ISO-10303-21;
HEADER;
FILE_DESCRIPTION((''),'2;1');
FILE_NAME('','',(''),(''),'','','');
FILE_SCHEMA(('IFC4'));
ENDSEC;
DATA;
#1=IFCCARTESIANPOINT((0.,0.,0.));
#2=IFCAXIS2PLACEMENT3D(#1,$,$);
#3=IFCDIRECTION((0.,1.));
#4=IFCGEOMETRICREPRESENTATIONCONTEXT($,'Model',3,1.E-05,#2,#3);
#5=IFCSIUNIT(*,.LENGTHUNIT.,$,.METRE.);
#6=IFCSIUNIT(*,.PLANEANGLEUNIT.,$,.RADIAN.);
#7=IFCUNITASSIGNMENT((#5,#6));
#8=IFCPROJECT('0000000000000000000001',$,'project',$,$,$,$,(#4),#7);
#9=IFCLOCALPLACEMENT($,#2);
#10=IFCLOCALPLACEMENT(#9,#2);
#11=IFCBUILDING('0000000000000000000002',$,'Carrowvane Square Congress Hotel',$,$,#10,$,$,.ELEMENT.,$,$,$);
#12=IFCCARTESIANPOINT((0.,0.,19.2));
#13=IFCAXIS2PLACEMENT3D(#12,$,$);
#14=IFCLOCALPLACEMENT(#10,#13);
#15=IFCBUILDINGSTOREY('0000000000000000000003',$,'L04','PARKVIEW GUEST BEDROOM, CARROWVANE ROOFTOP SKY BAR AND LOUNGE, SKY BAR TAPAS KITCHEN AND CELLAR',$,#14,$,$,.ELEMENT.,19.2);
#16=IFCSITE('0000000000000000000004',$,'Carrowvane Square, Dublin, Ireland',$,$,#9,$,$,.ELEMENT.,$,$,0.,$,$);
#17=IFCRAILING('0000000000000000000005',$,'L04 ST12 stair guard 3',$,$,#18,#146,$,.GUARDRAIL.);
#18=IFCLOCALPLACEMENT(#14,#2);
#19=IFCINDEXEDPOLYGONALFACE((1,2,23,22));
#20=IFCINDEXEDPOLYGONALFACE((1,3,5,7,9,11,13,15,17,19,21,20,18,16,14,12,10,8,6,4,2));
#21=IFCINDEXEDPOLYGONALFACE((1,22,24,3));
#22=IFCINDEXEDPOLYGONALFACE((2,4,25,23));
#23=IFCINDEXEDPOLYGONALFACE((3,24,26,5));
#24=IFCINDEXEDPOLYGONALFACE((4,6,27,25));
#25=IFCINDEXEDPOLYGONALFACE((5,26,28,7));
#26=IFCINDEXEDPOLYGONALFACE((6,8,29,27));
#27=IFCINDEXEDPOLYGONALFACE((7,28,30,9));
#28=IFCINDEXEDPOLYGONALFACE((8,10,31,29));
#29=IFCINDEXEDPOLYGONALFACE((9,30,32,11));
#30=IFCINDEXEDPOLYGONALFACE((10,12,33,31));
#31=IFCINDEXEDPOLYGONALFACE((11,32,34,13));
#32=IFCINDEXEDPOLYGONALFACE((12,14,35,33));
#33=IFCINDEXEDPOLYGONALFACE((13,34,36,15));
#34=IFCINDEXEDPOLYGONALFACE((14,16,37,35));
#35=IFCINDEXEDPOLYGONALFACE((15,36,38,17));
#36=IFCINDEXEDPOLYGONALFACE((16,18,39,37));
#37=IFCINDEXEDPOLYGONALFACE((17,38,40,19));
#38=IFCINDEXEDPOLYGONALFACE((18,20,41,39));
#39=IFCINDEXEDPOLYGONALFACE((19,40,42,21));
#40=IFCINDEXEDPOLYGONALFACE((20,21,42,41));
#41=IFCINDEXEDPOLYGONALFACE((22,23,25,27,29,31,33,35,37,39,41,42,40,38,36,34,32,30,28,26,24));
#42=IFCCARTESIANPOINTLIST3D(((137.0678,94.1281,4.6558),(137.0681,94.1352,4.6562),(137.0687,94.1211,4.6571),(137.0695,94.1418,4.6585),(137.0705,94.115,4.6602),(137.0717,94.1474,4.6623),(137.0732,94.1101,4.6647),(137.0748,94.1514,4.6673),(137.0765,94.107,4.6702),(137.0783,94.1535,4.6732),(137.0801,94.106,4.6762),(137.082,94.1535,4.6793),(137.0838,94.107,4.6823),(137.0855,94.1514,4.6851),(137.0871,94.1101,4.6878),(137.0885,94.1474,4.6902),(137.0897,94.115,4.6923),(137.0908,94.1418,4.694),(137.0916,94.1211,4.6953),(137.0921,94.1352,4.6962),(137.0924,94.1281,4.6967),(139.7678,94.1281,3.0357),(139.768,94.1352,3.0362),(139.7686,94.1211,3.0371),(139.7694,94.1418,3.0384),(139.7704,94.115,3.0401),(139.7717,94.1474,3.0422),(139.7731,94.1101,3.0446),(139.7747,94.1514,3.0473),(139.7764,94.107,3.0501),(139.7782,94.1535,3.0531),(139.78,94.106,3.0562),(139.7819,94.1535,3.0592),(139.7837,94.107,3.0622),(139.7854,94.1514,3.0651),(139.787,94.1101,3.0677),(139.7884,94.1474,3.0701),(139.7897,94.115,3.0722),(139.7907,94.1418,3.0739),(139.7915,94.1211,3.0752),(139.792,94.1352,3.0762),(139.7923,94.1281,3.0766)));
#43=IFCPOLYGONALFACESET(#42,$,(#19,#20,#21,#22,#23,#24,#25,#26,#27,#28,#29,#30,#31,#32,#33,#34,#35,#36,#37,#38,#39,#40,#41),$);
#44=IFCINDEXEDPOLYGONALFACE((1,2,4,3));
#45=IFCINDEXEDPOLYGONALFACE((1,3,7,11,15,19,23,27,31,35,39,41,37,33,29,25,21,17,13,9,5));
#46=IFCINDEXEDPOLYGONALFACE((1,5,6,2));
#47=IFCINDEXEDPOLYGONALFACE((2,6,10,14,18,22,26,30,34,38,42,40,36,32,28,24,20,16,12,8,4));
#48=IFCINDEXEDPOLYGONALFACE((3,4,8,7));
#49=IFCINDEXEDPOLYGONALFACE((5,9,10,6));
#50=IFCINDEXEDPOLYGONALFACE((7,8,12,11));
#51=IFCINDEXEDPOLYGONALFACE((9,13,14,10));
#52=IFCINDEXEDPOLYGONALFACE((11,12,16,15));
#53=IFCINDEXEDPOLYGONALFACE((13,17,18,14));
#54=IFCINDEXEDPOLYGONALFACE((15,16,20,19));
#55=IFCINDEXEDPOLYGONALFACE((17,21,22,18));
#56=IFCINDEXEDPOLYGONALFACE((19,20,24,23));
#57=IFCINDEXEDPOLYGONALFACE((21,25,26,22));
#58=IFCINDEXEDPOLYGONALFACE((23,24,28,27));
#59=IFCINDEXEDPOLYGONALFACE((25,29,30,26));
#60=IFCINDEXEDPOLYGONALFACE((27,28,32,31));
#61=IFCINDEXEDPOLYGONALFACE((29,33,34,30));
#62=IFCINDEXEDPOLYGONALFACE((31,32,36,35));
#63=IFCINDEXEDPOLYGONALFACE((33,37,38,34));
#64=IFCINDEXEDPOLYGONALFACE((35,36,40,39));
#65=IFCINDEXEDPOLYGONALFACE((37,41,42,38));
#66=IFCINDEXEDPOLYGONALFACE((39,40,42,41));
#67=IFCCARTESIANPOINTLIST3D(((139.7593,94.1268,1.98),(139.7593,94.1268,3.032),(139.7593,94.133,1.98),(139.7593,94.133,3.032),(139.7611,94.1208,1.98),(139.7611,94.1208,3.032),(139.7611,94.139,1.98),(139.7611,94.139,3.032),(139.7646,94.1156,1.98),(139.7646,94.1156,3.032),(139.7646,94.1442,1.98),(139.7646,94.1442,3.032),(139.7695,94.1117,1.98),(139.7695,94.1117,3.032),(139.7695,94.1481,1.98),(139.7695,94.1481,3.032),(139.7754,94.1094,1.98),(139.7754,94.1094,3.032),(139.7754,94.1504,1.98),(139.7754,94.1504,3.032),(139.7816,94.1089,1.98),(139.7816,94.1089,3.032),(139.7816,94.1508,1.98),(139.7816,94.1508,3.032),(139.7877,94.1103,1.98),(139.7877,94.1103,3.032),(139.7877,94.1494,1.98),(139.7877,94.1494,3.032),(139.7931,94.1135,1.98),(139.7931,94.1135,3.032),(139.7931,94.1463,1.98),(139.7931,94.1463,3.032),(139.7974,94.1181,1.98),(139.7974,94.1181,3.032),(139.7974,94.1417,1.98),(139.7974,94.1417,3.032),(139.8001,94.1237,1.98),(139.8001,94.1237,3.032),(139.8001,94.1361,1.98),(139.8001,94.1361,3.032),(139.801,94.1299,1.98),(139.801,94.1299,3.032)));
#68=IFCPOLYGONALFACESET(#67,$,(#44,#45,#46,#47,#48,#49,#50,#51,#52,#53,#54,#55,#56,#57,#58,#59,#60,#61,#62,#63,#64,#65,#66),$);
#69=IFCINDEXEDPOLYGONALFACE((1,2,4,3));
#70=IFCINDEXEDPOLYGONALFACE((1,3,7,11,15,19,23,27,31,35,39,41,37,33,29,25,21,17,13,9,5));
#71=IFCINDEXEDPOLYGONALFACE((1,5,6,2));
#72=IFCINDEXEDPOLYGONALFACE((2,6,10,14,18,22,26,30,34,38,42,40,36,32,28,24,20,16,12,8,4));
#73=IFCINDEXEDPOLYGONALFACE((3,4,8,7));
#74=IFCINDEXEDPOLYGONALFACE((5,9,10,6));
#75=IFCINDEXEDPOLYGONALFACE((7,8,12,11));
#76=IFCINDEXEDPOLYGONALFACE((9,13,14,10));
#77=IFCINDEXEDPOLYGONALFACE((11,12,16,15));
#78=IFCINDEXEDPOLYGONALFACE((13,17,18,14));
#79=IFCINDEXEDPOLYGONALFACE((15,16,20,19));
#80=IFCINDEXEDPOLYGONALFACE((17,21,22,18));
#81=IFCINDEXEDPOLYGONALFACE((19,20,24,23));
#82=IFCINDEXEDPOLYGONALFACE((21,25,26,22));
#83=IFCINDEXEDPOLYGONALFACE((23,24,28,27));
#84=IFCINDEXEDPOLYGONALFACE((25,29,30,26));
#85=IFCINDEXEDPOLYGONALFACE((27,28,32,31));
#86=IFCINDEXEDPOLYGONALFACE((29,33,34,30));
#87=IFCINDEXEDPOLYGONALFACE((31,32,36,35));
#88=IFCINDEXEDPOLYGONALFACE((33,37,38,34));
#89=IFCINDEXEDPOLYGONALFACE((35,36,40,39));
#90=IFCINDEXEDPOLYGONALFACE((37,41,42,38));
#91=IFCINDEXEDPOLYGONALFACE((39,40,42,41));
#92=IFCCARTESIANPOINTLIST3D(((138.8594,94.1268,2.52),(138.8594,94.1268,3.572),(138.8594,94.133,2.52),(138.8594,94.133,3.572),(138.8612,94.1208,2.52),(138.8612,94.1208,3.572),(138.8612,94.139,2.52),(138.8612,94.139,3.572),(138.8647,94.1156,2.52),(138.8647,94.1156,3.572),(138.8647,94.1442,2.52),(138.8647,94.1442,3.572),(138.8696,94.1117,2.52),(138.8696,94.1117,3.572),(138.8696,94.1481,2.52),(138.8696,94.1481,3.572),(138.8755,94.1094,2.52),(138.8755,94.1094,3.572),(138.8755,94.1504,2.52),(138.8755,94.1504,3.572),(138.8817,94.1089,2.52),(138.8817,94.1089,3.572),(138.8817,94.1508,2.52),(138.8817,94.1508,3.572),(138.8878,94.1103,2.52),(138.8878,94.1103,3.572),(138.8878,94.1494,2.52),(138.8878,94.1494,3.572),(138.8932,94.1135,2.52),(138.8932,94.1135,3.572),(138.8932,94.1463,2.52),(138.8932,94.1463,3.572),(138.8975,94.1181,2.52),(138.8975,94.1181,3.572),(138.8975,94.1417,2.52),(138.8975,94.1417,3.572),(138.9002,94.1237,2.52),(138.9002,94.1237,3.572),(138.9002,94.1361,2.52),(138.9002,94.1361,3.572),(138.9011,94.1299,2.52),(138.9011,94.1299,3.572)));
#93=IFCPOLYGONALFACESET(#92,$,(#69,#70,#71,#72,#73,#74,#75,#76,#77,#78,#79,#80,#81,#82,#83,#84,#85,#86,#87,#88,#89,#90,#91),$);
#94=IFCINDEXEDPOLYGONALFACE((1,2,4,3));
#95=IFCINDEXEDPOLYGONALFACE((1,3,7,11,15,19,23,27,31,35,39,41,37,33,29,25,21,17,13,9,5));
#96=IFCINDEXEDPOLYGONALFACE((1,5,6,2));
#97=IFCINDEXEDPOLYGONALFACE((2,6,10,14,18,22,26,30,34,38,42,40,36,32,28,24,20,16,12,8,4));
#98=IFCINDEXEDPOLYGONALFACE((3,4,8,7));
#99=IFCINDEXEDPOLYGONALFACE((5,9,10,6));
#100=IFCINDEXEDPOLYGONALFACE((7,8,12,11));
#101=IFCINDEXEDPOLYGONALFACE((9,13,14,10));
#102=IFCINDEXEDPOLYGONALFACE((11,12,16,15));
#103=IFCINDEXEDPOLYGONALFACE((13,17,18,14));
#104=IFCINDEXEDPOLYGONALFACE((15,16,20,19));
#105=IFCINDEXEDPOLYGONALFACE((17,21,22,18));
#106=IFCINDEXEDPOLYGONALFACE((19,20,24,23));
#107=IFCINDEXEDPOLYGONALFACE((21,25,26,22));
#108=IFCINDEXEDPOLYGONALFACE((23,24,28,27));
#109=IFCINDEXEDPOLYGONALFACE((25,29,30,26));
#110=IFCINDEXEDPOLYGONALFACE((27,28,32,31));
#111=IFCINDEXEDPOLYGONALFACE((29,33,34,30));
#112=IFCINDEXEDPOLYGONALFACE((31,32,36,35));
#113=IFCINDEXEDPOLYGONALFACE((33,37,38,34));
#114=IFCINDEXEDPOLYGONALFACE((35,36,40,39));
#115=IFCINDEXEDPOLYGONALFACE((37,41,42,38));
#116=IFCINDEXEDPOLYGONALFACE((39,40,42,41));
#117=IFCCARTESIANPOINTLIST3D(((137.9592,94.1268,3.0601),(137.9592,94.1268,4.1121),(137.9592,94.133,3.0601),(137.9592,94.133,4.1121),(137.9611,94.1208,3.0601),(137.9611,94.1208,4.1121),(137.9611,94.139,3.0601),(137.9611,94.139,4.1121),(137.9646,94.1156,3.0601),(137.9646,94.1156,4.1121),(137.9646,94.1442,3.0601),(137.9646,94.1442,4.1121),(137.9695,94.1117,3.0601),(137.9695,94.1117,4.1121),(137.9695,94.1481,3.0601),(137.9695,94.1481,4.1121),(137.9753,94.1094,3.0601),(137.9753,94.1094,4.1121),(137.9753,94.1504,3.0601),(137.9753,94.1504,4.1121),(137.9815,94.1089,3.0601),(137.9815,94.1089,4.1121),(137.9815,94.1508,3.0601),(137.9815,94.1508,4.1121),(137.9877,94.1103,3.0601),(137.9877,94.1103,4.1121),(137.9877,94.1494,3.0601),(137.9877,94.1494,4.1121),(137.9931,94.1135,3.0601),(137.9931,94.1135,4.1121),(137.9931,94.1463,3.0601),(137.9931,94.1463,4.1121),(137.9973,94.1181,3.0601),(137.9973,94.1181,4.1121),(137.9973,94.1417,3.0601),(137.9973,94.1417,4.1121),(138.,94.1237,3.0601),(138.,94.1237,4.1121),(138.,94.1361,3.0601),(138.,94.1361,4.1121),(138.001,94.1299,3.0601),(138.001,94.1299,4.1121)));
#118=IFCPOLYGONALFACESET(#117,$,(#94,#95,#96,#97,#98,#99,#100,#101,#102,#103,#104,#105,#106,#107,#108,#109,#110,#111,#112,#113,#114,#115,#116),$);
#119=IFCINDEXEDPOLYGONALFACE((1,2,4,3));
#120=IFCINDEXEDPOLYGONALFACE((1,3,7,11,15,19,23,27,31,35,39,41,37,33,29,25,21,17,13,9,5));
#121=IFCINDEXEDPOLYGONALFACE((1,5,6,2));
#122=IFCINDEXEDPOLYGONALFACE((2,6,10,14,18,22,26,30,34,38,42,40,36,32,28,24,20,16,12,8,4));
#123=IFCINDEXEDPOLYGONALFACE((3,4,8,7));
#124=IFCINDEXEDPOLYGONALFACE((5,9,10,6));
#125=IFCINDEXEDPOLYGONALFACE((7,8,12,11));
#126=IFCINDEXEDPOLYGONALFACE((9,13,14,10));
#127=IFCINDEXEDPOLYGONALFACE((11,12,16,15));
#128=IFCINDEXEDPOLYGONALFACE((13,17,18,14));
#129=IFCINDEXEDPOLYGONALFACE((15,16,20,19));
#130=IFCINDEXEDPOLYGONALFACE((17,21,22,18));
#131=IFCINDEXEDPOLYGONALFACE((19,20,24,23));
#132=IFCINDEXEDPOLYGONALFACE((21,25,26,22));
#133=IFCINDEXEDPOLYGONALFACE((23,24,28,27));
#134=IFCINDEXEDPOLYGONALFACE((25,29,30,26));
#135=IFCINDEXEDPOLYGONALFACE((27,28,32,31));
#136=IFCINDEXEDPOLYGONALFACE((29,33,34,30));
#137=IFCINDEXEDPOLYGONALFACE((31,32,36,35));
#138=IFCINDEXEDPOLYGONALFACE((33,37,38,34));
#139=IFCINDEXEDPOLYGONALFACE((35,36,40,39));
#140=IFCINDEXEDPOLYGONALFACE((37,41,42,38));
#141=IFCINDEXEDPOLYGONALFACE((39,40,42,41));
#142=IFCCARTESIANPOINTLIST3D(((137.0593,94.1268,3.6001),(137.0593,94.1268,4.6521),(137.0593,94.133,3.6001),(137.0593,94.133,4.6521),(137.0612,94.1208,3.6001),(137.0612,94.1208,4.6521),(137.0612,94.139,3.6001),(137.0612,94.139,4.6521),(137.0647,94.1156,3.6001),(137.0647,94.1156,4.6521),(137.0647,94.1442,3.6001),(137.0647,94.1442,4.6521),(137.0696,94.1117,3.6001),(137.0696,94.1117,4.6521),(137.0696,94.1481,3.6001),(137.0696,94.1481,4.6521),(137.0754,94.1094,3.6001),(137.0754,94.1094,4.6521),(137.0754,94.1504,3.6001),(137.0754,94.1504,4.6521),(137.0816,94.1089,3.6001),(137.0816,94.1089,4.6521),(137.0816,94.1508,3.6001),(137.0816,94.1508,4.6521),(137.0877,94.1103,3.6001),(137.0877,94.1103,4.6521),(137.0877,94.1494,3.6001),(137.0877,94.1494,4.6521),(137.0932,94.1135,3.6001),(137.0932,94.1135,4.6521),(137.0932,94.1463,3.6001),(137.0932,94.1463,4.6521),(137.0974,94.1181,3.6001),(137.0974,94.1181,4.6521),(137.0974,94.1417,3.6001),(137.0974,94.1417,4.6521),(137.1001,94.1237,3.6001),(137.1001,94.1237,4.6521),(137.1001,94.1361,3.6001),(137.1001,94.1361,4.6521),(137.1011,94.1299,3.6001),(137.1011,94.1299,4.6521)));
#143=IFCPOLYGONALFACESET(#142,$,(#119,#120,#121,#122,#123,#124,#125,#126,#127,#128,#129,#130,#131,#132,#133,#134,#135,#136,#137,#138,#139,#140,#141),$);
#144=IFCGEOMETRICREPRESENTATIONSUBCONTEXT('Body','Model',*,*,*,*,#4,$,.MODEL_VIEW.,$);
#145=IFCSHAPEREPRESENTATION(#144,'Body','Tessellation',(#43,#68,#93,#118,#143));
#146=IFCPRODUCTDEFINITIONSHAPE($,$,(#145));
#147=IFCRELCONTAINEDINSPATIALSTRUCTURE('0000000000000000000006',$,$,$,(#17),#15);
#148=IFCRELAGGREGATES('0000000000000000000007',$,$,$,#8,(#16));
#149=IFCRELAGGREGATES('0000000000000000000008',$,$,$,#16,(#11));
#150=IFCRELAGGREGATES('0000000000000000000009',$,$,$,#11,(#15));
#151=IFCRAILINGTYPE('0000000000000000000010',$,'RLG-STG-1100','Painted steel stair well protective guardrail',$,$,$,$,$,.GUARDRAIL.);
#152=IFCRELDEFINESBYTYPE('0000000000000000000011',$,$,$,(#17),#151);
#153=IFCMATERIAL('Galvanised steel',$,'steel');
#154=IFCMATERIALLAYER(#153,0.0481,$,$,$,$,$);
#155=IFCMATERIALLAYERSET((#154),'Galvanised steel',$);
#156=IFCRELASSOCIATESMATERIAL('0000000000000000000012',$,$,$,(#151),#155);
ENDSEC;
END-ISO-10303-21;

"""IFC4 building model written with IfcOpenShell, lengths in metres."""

from ifc_helpers import new_model, si_unit, direction, frame, origin, origin_2d, place, context, subcontext, project, spatial, circle, extrude, material, layer, layer_set, type_object, element, save


model = new_model("IFC4")

# Units and contexts
model_context = context("Model", 3, precision=1e-05, world=origin(), true_north=direction((0.0, 1.0)))
body_context = subcontext(model_context, "Body", "Model", "MODEL_VIEW")
ifc_project = project(units=[si_unit("LENGTHUNIT", "METRE"), si_unit("PLANEANGLEUNIT", "RADIAN")], contexts=[model_context])

# Site, building, storey
site_placement = place(None, origin())
site = spatial("IfcSite", under=ifc_project, at=site_placement, Name="Carrowvane Square, Dublin, Ireland", CompositionType="ELEMENT", RefElevation=0.0)
building_placement = place(site_placement, origin())
building = spatial("IfcBuilding", under=site, at=building_placement, Name="Carrowvane Square Congress Hotel", CompositionType="ELEMENT")
storey_placement = place(building_placement, frame((0.0, 0.0, 19.2)))
storey = spatial("IfcBuildingStorey", under=building, at=storey_placement, Name="L04", Description="PARKVIEW GUEST BEDROOM, CARROWVANE ROOFTOP SKY BAR AND LOUNGE, SKY BAR TAPAS KITCHEN AND CELLAR", CompositionType="ELEMENT", Elevation=19.2)

# Railing
ifc_material_1 = material(Name="Galvanised steel", Category="steel")
ifc_layer_1 = layer(ifc_material_1, 0.0481)
ifc_layer_set_1 = layer_set([ifc_layer_1], Name="Galvanised steel")
railing_type_1 = type_object("IfcRailingType", Name="RLG-STG-1100", Description="Painted steel stair well protective guardrail", PredefinedType="GUARDRAIL", material=ifc_layer_set_1)
railing_1_placement = place(storey_placement, frame((139.78, 94.1299, 1.98)))
element("IfcRailing", 1, at=railing_1_placement, inside=storey, type_object=railing_type_1, Name="L04 ST12 stair guard 3", PredefinedType="GUARDRAIL", context=body_context, shape_type="SweptSolid", body=[
    extrude(circle(Radius=0.0239, at=origin_2d()), frame((0.0, 0.0, 1.0762), z_axis=(-0.857472, 0.0, 0.51453), x_axis=(0.0, -1.0, 0.0)), (0.0, 0.0, 1.0), 3.1487),
    extrude(circle(Radius=0.021, at=origin_2d()), origin(), (0.0, 0.0, 1.0), 1.052),
    extrude(circle(Radius=0.021, at=origin_2d()), frame((-0.8999, 0.0, 0.54)), (0.0, 0.0, 1.0), 1.052),
    extrude(circle(Radius=0.021, at=origin_2d()), frame((-1.8, 0.0, 1.0801)), (0.0, 0.0, 1.0), 1.052),
    extrude(circle(Radius=0.021, at=origin_2d()), frame((-2.7, 0.0, 1.6201)), (0.0, 0.0, 1.0), 1.052),
])

save(model, "model.ifc")
